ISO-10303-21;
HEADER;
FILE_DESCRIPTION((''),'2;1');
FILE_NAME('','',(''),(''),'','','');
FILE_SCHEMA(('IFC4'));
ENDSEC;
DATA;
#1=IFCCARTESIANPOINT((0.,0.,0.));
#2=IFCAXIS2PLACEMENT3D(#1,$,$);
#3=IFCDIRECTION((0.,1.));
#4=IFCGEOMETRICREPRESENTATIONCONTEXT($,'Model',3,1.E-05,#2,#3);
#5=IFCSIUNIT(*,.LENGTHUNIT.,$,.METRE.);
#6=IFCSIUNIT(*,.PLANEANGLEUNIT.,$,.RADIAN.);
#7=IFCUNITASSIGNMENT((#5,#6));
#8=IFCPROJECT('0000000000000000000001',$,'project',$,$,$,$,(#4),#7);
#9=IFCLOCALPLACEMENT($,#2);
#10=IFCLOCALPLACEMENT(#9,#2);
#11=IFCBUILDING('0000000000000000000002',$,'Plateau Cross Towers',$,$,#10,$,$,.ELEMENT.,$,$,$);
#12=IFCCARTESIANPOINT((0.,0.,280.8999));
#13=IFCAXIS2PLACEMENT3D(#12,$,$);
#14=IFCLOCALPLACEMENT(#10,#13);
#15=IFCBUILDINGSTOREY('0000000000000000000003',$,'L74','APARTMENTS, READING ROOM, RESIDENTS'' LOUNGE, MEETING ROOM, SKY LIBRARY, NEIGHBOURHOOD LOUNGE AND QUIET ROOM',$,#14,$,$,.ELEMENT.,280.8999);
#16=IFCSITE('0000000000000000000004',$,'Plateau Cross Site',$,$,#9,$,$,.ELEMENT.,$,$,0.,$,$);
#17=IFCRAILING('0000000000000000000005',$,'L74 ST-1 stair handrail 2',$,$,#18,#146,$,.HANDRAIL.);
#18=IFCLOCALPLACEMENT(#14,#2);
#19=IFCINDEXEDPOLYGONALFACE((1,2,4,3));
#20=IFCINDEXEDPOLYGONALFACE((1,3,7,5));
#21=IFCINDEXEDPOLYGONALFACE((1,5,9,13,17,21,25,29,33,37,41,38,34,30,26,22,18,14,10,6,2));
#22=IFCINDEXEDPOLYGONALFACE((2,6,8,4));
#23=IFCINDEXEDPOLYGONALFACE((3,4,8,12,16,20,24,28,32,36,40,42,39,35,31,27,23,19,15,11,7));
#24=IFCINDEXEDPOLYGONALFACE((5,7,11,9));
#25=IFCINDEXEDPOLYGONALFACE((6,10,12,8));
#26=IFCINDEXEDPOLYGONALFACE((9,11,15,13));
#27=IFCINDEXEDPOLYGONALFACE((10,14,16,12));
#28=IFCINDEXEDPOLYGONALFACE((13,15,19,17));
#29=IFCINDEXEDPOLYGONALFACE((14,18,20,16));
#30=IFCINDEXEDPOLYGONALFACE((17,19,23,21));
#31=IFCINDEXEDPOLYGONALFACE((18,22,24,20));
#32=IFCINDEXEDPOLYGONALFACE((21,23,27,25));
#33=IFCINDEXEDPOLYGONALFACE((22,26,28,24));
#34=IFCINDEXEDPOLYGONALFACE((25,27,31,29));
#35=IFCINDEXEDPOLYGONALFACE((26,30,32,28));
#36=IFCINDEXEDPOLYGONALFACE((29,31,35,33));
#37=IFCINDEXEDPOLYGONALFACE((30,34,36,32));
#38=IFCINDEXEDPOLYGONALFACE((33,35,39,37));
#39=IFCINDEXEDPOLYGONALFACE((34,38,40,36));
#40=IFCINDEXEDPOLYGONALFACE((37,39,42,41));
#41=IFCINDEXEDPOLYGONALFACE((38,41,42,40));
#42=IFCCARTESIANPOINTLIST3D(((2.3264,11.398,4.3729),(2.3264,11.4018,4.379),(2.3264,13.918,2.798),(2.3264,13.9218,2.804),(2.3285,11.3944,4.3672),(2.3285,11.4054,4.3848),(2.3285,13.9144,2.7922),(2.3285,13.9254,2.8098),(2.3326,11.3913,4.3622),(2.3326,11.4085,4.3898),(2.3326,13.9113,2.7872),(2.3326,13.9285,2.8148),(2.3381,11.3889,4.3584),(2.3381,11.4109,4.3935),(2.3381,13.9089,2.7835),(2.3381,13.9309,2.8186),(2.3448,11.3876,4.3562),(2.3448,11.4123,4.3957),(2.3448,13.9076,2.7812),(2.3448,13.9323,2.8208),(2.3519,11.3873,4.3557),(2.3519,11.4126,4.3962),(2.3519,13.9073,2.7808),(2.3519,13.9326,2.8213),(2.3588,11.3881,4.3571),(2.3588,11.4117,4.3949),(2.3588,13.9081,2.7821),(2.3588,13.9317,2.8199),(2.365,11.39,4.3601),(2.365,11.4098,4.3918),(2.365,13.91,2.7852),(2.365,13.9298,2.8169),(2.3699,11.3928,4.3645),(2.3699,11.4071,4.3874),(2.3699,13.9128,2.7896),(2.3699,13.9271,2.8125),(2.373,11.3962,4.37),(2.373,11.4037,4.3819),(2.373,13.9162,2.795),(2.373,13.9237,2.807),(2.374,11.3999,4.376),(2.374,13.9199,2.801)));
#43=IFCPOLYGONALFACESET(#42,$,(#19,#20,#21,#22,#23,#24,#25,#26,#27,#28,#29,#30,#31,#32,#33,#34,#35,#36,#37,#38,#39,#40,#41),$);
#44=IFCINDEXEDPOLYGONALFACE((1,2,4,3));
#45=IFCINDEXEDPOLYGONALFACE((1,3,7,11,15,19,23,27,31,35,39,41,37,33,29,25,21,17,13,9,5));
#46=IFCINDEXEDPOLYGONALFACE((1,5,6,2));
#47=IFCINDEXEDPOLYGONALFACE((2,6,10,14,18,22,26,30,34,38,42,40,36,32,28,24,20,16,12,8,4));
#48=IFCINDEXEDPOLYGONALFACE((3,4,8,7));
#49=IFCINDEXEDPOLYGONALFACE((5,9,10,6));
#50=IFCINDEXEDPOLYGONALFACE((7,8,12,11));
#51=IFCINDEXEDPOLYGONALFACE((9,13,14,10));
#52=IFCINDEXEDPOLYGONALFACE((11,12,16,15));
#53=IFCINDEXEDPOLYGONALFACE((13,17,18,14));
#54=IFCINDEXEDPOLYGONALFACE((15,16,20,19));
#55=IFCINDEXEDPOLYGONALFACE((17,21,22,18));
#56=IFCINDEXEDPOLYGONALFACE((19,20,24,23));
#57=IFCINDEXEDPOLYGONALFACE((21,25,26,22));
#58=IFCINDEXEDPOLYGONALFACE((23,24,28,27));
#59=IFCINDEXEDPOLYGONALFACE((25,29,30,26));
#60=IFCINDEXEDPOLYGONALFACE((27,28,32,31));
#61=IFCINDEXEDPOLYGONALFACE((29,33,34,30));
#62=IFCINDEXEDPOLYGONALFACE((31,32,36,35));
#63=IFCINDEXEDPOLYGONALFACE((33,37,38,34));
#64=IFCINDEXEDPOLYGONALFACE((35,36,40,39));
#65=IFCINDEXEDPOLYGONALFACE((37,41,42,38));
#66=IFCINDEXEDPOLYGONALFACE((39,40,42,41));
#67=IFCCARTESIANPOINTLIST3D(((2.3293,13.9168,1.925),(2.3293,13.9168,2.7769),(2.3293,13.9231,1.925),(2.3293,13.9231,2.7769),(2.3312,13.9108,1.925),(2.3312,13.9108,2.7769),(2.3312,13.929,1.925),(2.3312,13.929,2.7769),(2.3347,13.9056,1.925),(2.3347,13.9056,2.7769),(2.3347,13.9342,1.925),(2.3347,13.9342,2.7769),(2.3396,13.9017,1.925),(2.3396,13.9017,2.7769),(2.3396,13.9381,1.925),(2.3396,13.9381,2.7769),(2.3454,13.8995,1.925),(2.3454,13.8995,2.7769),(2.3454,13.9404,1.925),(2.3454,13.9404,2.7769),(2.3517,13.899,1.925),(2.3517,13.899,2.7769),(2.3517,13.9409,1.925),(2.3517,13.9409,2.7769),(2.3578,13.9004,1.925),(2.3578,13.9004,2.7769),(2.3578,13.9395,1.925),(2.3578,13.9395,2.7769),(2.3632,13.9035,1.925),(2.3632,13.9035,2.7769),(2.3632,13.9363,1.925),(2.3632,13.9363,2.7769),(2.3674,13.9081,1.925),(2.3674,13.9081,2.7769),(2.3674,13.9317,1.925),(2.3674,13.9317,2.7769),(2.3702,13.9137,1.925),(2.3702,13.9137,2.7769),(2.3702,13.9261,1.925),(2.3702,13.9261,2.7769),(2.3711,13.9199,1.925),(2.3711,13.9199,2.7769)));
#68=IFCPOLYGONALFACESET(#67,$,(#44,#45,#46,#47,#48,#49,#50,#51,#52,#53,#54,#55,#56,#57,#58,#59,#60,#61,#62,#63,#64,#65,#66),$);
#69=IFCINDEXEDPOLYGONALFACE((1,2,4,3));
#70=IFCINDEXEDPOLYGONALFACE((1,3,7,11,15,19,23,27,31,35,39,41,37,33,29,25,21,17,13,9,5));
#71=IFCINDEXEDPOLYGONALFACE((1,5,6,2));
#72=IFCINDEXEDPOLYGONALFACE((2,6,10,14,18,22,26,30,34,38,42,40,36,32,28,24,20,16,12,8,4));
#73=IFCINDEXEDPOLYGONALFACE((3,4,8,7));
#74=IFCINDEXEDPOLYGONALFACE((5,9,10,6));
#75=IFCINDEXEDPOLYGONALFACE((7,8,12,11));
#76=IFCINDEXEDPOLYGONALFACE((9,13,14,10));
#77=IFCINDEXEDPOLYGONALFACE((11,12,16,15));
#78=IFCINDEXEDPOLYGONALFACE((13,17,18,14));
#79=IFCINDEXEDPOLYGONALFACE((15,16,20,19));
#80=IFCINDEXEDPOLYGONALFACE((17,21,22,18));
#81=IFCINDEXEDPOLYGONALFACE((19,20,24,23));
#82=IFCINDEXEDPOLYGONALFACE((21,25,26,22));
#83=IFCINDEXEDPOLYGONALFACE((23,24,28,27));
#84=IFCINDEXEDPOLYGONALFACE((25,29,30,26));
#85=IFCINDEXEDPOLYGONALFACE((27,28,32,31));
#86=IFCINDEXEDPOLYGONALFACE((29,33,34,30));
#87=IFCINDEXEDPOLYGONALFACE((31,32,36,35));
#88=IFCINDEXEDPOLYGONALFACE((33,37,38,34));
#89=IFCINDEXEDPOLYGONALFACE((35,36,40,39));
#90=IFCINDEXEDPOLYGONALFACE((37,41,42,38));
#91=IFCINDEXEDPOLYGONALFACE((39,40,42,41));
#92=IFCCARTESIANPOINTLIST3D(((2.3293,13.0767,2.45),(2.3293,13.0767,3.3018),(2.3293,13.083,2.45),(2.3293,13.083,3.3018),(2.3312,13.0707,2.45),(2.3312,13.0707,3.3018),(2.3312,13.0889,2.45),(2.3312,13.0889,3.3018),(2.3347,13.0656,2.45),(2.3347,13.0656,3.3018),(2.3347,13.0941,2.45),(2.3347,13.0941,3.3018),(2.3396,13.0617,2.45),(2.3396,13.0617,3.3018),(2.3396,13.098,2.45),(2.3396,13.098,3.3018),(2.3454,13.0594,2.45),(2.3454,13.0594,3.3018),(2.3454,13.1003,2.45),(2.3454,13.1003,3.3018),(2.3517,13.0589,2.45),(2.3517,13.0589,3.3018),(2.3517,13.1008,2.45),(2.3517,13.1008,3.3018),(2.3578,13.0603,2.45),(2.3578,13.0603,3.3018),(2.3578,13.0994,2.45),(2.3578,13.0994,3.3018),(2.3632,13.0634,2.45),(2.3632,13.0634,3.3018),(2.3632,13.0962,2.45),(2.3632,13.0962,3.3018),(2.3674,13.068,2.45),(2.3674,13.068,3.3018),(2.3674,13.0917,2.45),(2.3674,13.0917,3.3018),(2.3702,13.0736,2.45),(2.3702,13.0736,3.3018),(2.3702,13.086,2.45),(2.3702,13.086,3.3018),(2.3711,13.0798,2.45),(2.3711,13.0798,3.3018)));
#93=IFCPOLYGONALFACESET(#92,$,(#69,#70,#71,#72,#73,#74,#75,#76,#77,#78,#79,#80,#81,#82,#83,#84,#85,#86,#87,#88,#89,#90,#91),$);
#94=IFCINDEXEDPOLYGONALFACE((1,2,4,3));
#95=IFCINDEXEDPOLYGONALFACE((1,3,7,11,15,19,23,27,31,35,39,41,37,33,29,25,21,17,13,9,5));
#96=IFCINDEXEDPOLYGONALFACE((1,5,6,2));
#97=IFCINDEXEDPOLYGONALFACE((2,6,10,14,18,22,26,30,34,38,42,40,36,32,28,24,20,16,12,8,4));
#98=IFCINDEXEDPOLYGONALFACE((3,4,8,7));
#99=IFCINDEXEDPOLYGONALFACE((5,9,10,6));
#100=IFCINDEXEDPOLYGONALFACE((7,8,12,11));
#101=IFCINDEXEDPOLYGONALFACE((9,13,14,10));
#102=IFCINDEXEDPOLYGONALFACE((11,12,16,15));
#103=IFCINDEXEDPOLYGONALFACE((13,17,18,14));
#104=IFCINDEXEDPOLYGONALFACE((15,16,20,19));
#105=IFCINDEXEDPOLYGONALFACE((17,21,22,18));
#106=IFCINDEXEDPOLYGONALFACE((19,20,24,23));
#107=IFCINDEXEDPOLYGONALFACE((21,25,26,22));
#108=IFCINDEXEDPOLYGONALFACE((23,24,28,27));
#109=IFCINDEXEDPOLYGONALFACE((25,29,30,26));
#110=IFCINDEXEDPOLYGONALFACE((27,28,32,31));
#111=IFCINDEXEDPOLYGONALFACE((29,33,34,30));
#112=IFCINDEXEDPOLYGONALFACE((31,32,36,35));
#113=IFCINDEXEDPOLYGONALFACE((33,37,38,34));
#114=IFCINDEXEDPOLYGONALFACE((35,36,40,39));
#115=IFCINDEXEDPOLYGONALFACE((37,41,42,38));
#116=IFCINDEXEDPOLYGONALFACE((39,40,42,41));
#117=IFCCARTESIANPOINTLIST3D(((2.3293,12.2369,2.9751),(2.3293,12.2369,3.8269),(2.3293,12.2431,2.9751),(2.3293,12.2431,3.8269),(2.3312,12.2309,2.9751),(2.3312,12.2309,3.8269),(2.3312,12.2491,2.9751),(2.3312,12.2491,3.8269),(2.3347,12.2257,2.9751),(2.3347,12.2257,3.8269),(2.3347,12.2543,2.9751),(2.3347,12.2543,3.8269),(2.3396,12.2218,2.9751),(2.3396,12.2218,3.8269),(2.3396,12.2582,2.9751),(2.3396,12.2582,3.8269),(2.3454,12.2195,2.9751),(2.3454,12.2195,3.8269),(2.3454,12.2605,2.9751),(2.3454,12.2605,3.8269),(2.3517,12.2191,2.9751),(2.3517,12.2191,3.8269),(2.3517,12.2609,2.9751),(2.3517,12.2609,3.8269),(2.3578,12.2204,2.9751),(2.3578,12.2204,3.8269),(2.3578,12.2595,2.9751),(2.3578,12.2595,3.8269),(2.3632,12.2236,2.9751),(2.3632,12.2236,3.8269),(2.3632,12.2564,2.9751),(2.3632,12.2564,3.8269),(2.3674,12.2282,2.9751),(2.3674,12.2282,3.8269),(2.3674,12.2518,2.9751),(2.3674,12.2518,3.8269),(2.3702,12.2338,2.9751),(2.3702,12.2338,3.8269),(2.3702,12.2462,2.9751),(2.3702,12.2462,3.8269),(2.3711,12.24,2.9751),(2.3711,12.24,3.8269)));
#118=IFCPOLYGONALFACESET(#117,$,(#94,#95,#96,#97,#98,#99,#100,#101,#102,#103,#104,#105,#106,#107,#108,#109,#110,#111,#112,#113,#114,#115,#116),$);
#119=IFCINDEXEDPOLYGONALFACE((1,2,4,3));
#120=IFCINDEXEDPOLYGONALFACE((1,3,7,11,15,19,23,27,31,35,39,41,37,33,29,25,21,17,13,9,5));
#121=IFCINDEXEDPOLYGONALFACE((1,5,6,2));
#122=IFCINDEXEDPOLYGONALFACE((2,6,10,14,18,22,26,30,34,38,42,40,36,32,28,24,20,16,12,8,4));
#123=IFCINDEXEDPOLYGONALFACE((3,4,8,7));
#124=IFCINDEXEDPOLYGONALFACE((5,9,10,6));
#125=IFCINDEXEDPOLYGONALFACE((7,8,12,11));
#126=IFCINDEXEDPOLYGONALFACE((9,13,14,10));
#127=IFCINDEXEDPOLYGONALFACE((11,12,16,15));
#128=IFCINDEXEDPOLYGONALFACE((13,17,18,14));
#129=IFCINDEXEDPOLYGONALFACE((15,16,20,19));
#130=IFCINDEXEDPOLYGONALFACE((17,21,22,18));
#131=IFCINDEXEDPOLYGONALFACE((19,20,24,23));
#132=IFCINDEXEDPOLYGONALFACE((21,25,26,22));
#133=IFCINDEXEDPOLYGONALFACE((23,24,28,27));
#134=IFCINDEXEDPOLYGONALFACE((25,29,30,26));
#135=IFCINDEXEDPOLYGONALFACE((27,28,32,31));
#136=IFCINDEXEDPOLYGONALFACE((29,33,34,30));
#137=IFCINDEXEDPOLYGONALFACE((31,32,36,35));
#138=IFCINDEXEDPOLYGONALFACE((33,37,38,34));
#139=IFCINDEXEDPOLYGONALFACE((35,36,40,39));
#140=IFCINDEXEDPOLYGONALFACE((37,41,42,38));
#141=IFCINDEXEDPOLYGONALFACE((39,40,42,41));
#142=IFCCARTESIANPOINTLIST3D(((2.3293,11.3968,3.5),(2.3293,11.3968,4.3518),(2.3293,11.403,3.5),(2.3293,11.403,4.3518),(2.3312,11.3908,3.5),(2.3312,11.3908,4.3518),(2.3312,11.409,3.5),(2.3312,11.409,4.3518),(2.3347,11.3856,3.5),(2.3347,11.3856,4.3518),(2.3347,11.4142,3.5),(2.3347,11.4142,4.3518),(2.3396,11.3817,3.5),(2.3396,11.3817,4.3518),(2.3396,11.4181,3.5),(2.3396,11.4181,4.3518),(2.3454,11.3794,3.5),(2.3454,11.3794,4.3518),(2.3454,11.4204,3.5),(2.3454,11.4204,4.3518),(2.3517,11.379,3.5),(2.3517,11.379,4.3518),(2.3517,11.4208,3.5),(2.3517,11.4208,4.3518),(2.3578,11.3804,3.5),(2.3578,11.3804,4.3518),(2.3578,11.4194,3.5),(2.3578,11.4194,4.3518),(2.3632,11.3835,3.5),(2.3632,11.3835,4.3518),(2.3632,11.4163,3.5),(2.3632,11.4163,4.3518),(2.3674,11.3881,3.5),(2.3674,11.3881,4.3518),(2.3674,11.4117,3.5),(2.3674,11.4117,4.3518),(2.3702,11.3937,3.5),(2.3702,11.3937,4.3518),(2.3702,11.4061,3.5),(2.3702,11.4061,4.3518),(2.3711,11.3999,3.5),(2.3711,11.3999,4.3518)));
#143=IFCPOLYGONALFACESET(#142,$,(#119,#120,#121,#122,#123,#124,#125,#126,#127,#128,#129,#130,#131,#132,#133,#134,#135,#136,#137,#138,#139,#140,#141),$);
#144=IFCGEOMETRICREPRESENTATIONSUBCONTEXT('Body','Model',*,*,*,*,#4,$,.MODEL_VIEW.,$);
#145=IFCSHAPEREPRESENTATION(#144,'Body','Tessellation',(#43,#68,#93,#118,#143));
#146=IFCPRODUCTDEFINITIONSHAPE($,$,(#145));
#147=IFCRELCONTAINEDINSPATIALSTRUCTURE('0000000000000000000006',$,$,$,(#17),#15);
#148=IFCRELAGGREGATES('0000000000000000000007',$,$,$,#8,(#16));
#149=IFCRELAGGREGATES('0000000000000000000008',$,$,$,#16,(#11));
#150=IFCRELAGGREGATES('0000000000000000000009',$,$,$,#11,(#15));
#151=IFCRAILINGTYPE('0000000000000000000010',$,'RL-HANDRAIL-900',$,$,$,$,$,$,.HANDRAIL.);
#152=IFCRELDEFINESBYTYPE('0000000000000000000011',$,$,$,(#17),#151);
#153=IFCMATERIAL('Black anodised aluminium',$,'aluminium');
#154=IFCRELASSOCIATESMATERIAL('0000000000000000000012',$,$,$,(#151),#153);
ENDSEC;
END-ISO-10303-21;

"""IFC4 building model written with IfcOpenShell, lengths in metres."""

from ifc_helpers import new_model, si_unit, direction, frame, origin, origin_2d, place, context, subcontext, project, spatial, circle, extrude, material, type_object, element, save


model = new_model("IFC4")

# Units and contexts
model_context = context("Model", 3, precision=1e-05, world=origin(), true_north=direction((0.0, 1.0)))
body_context = subcontext(model_context, "Body", "Model", "MODEL_VIEW")
ifc_project = project(units=[si_unit("LENGTHUNIT", "METRE"), si_unit("PLANEANGLEUNIT", "RADIAN")], contexts=[model_context])

# Site, building, storey
site_placement = place(None, origin())
site = spatial("IfcSite", under=ifc_project, at=site_placement, Name="Plateau Cross Site", CompositionType="ELEMENT", RefElevation=0.0)
building_placement = place(site_placement, origin())
building = spatial("IfcBuilding", under=site, at=building_placement, Name="Plateau Cross Towers", CompositionType="ELEMENT")
storey_placement = place(building_placement, frame((0.0, 0.0, 280.8999)))
storey = spatial("IfcBuildingStorey", under=building, at=storey_placement, Name="L74", Description="APARTMENTS, READING ROOM, RESIDENTS' LOUNGE, MEETING ROOM, SKY LIBRARY, NEIGHBOURHOOD LOUNGE AND QUIET ROOM", CompositionType="ELEMENT", Elevation=280.8999)

# Shared definitions
ifc_material_1 = material(Name="Black anodised aluminium", Category="aluminium")

# Railing
railing_type_1 = type_object("IfcRailingType", Name="RL-HANDRAIL-900", PredefinedType="HANDRAIL", material=ifc_material_1)
railing_1_placement = place(storey_placement, frame((2.3501, 13.9199, 1.925)))
element("IfcRailing", 1, at=railing_1_placement, inside=storey, type_object=railing_type_1, Name="L74 ST-1 stair handrail 2", PredefinedType="HANDRAIL", context=body_context, shape_type="SweptSolid", body=[
    extrude(circle(Radius=0.0239, at=origin_2d()), frame((0.0, 0.0, 0.876), z_axis=(0.0, -0.848008, 0.529984), x_axis=(1.0, 0.0, 0.0)), (0.0, 0.0, 1.0), 2.9717),
    extrude(circle(Radius=0.021, at=origin_2d()), origin(), (0.0, 0.0, 1.0), 0.8518),
    extrude(circle(Radius=0.021, at=origin_2d()), frame((0.0, -0.8401, 0.5249)), (0.0, 0.0, 1.0), 0.8518),
    extrude(circle(Radius=0.021, at=origin_2d()), frame((0.0, -1.6799, 1.05)), (0.0, 0.0, 1.0), 0.8518),
    extrude(circle(Radius=0.021, at=origin_2d()), frame((0.0, -2.52, 1.575)), (0.0, 0.0, 1.0), 0.8518),
])

save(model, "model.ifc")
